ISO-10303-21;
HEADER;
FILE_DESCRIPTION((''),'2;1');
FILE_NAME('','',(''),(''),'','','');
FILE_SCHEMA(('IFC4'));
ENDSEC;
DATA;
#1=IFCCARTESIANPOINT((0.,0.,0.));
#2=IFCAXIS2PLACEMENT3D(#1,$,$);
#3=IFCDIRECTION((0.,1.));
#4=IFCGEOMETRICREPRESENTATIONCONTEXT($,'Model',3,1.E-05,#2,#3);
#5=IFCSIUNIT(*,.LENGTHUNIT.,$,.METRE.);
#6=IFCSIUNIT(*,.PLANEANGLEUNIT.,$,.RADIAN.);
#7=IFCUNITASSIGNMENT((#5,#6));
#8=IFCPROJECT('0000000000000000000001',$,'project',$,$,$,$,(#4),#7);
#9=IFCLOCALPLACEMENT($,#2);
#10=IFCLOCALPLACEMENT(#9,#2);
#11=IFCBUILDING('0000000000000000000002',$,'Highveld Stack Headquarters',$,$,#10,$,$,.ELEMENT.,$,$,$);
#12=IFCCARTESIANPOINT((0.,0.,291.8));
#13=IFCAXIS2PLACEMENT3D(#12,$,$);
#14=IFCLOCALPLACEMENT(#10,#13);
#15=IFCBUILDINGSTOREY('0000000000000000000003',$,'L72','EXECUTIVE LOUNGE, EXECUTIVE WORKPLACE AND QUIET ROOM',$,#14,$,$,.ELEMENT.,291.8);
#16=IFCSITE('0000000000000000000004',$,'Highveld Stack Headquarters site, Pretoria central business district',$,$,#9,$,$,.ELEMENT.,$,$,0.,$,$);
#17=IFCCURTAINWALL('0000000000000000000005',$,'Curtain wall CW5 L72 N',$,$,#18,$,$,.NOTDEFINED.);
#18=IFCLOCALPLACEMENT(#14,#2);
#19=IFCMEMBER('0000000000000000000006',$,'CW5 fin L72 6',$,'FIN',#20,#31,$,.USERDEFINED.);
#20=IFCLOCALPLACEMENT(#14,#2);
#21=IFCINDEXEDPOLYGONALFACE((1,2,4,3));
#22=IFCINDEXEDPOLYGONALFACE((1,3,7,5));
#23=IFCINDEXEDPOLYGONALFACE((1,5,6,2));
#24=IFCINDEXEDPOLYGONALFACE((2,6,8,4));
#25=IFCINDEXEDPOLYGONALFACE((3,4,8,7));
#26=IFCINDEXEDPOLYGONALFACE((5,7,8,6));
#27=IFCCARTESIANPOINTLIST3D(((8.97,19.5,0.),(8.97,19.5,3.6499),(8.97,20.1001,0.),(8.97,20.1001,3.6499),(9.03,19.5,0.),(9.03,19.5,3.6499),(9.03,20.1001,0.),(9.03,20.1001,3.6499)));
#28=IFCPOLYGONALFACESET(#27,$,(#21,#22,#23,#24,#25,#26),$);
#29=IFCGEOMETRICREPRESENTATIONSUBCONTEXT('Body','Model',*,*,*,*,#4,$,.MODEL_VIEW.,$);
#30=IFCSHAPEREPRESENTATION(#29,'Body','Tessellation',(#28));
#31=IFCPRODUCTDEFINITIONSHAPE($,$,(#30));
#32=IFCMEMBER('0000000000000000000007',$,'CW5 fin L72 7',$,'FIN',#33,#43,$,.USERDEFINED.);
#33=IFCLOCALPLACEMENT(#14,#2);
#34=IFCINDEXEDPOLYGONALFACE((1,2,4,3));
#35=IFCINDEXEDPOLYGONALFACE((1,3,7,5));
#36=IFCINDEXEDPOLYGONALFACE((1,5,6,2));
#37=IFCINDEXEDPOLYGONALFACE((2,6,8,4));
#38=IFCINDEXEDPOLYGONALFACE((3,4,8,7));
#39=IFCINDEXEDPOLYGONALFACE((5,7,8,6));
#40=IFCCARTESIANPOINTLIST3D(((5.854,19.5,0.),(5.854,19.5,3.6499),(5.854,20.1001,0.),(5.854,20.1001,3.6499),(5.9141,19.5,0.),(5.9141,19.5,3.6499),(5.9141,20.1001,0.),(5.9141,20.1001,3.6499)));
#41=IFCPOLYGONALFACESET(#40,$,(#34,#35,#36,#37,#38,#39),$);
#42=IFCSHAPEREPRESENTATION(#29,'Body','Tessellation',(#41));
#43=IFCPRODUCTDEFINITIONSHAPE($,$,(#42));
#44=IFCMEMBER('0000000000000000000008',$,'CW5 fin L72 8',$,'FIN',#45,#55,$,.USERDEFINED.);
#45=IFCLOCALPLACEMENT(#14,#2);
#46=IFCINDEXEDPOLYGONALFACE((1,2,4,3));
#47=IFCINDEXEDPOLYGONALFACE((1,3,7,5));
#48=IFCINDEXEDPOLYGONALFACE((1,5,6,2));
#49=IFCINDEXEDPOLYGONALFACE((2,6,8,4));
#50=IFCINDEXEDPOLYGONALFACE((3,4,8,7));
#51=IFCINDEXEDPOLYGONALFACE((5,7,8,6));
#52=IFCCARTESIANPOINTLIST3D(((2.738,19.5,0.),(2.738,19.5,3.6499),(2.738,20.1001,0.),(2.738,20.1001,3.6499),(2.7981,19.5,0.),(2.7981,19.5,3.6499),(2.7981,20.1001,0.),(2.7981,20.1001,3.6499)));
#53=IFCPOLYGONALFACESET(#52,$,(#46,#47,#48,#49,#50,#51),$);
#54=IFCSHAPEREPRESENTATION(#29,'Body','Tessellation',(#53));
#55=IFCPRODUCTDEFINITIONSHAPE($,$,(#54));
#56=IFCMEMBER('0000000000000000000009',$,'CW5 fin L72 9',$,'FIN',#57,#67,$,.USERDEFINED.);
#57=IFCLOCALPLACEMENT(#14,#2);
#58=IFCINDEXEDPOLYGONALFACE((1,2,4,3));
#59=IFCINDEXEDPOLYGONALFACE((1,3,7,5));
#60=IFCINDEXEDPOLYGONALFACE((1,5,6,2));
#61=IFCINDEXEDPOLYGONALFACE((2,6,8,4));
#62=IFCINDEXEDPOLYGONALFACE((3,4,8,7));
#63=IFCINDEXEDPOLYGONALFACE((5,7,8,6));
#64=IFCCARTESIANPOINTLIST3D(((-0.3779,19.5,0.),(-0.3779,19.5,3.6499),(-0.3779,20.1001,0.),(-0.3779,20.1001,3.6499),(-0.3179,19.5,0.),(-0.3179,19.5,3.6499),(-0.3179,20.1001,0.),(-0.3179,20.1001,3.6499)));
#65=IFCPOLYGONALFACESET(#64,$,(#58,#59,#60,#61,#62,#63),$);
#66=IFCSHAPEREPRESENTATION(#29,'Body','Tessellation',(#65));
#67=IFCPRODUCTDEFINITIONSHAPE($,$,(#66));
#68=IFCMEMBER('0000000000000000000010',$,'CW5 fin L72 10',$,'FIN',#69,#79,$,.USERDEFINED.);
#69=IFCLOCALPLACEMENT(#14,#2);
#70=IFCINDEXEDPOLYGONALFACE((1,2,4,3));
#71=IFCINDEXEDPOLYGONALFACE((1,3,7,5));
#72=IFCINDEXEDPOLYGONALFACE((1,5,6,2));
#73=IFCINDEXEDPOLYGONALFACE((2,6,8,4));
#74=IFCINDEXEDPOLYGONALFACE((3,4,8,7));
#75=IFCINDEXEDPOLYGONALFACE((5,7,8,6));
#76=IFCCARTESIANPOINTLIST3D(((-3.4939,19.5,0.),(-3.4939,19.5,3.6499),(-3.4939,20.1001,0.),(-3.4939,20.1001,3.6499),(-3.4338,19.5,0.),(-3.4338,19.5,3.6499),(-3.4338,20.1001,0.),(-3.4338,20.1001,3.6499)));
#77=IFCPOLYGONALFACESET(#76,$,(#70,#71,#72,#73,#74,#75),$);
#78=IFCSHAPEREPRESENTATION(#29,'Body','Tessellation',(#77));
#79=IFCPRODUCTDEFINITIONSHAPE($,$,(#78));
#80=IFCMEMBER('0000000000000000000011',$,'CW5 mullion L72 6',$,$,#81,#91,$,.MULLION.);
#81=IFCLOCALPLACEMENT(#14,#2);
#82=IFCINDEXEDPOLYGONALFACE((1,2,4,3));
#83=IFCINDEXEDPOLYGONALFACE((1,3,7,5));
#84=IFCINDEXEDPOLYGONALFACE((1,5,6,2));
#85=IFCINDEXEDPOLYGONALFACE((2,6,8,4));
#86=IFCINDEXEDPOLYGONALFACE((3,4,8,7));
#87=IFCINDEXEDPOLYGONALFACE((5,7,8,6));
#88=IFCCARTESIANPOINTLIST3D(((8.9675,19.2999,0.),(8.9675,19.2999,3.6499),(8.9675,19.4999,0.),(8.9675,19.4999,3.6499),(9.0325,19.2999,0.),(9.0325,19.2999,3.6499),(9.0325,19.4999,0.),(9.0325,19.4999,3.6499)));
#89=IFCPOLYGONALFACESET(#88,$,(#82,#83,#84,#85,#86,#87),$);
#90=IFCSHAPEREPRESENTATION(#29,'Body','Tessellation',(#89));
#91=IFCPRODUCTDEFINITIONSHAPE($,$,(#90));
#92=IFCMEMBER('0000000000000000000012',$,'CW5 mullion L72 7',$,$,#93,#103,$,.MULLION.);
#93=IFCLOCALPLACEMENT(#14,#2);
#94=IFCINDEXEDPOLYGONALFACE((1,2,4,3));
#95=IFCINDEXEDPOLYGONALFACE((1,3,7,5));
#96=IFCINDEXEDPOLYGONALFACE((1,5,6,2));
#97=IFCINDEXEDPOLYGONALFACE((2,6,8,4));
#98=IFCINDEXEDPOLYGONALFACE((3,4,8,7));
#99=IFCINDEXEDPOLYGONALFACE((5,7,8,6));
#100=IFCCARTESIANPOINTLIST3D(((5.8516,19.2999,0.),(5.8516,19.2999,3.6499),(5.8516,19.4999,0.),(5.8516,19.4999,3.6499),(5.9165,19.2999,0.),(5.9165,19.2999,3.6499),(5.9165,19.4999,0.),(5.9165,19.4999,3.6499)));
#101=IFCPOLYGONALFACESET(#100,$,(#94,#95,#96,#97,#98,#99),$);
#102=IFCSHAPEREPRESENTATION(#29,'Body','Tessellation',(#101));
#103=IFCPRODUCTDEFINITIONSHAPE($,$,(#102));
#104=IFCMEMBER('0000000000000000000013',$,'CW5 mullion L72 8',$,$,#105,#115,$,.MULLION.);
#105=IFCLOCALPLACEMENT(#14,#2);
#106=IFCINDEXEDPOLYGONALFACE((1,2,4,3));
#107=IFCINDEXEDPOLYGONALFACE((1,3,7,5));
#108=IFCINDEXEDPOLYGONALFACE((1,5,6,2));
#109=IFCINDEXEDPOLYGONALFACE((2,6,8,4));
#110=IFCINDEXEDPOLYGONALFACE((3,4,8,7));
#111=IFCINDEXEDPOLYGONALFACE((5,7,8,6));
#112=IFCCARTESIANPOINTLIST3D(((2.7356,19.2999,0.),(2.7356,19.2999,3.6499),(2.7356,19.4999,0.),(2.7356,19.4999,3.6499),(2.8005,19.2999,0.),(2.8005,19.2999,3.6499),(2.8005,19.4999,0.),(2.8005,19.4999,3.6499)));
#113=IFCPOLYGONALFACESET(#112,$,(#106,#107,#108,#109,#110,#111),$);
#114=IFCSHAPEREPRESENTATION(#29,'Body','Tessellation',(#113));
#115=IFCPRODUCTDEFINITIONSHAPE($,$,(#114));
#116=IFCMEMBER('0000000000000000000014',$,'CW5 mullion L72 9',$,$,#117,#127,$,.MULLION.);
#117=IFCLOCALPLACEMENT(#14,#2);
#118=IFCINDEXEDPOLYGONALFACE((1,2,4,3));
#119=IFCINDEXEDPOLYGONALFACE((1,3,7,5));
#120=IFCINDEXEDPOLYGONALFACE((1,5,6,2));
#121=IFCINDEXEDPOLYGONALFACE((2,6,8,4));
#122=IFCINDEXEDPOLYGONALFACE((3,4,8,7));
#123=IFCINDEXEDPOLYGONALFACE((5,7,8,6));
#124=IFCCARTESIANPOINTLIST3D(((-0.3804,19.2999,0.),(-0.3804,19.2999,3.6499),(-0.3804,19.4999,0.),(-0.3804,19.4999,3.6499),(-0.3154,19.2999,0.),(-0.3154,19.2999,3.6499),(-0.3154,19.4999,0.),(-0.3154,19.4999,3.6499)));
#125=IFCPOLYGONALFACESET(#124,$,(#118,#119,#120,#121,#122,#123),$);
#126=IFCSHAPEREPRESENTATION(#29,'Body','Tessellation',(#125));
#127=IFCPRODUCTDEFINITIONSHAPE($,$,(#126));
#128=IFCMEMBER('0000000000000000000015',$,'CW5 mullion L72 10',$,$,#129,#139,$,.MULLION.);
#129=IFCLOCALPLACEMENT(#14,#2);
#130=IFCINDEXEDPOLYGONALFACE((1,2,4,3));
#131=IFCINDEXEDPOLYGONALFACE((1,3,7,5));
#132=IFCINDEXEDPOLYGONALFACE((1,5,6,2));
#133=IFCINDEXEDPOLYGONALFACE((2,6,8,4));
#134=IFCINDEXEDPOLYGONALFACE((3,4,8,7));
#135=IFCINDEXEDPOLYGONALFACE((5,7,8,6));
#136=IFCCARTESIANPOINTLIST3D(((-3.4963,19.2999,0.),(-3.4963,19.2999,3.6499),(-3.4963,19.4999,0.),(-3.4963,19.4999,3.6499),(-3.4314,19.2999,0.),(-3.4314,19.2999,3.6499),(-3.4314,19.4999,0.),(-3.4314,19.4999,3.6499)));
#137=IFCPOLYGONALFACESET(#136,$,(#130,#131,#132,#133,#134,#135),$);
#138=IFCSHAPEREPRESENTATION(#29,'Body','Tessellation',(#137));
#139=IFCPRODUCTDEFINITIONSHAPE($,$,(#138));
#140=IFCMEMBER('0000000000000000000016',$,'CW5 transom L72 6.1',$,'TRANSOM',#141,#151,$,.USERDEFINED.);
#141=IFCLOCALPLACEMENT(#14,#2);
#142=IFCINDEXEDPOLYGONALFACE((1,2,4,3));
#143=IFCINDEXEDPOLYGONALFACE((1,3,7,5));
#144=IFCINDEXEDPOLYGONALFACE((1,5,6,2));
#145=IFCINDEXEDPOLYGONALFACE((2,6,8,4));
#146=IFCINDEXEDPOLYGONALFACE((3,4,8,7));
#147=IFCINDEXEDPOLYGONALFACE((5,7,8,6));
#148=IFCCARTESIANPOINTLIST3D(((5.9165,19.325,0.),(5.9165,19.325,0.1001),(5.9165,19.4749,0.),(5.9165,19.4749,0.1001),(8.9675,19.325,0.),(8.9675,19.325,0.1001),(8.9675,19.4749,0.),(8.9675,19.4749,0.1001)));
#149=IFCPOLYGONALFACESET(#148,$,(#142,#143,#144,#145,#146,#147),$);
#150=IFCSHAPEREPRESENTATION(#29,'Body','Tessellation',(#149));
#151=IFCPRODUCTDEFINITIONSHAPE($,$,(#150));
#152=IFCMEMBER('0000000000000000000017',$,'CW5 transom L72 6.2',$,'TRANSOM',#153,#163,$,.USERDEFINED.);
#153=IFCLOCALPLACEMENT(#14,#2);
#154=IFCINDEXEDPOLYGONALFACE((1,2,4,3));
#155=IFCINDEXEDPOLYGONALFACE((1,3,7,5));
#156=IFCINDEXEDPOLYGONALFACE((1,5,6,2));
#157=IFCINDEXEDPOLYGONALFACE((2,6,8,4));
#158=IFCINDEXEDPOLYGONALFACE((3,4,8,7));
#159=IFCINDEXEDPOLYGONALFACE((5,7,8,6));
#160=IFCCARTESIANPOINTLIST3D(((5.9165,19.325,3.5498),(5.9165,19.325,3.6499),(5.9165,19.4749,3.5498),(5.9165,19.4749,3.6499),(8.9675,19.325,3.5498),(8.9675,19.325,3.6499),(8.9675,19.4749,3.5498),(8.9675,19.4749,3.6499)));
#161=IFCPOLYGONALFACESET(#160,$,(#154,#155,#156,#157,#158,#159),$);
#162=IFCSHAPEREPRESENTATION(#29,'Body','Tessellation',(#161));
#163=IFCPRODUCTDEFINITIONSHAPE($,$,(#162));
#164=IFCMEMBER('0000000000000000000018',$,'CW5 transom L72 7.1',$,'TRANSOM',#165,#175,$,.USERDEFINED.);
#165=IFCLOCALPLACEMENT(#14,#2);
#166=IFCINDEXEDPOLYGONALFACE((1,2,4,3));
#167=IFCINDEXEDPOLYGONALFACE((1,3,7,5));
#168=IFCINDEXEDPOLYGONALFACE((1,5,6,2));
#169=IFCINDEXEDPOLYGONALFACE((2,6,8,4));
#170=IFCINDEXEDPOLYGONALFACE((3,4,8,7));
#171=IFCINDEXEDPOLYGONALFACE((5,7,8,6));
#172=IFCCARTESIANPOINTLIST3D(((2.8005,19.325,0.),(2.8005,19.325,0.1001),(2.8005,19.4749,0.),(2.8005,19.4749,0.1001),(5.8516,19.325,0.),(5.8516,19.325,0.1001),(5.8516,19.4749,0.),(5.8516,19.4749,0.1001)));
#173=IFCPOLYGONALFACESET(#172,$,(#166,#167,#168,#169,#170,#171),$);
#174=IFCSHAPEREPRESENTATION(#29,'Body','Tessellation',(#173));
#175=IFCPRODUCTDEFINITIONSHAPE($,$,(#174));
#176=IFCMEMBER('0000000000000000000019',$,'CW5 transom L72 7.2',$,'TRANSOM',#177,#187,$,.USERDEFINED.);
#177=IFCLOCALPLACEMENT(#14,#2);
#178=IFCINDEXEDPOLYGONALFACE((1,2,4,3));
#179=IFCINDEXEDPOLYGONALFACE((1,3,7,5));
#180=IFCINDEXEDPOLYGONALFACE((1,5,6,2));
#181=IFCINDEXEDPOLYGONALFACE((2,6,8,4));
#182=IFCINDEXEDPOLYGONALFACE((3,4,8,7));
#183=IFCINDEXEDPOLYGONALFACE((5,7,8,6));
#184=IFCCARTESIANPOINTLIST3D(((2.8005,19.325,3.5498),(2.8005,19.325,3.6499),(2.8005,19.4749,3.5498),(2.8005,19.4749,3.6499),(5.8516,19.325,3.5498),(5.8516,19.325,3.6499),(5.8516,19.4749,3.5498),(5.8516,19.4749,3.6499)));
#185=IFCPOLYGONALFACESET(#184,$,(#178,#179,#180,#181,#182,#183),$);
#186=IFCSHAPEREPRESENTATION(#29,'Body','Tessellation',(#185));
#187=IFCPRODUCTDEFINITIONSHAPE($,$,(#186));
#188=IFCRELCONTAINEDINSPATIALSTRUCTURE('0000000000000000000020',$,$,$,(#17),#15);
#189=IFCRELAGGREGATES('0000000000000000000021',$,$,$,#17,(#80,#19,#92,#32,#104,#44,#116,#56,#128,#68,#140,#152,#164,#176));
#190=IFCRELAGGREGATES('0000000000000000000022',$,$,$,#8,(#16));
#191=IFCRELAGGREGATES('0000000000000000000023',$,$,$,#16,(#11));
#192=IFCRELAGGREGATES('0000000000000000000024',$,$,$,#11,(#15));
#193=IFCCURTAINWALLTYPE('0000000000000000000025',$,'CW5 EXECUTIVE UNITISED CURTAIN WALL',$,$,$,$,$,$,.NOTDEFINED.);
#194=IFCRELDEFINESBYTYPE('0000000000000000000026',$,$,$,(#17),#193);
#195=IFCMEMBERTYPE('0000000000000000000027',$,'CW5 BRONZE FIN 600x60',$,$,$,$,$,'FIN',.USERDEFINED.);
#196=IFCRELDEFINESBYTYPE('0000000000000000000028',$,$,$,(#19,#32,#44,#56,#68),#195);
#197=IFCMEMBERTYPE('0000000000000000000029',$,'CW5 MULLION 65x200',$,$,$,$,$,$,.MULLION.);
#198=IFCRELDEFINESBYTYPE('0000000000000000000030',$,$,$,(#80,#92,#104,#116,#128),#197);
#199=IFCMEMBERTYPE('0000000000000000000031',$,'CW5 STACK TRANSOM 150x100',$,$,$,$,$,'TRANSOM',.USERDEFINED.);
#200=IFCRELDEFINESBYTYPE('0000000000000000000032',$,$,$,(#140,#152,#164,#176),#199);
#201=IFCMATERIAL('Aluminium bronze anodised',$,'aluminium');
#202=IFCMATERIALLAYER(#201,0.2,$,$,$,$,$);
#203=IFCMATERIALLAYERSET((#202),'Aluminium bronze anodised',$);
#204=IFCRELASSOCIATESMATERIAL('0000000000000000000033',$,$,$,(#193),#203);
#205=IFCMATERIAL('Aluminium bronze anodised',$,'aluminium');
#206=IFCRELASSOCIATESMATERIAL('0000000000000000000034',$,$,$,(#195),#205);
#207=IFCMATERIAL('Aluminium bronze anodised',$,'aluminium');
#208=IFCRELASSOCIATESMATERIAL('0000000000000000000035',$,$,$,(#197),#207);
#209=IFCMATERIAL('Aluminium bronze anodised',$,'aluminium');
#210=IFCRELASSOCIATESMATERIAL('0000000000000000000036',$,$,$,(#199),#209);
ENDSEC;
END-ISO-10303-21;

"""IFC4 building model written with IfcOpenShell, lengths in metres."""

from ifc_helpers import new_model, si_unit, direction, frame, origin, origin_2d, place, context, subcontext, project, spatial, rectangle, extrude, material, layer, layer_set, material_profile, profile_set, type_object, element, aggregate, save


model = new_model("IFC4")

# Units and contexts
model_context = context("Model", 3, precision=1e-05, world=origin(), true_north=direction((0.0, 1.0)))
body_context = subcontext(model_context, "Body", "Model", "MODEL_VIEW")
ifc_project = project(units=[si_unit("LENGTHUNIT", "METRE"), si_unit("PLANEANGLEUNIT", "RADIAN")], contexts=[model_context])

# Site, building, storey
site_placement = place(None, origin())
site = spatial("IfcSite", under=ifc_project, at=site_placement, Name="Highveld Stack Headquarters site, Pretoria central business district", CompositionType="ELEMENT", RefElevation=0.0)
building_placement = place(site_placement, origin())
building = spatial("IfcBuilding", under=site, at=building_placement, Name="Highveld Stack Headquarters", CompositionType="ELEMENT")
storey_placement = place(building_placement, frame((0.0, 0.0, 291.8)))
storey = spatial("IfcBuildingStorey", under=building, at=storey_placement, Name="L72", Description="EXECUTIVE LOUNGE, EXECUTIVE WORKPLACE AND QUIET ROOM", CompositionType="ELEMENT", Elevation=291.8)

# Curtain wall, members
ifc_material_1 = material(Name="Aluminium bronze anodised", Category="aluminium")
ifc_layer_1 = layer(ifc_material_1, 0.2)
ifc_layer_set_1 = layer_set([ifc_layer_1], Name="Aluminium bronze anodised")
curtain_wall_type = type_object("IfcCurtainWallType", Name="CW5 EXECUTIVE UNITISED CURTAIN WALL", PredefinedType="NOTDEFINED", material=ifc_layer_set_1)
curtain_wall_placement = place(storey_placement, origin())
curtain_wall = element("IfcCurtainWall", 1, at=curtain_wall_placement, inside=storey, type_object=curtain_wall_type, Name="Curtain wall CW5 L72 N", PredefinedType="NOTDEFINED")
ifc_material_2 = material(Name="Aluminium bronze anodised", Category="aluminium")
ifc_material_profile_1 = material_profile(ifc_material_2, rectangle(XDim=0.6001, YDim=0.0601, at=origin_2d()), Name="FIN 600x60")
ifc_profile_set_1 = profile_set([ifc_material_profile_1], Name="Aluminium bronze anodised")
member_type_1 = type_object("IfcMemberType", Name="CW5 BRONZE FIN 600x60", ElementType="FIN", PredefinedType="USERDEFINED", material=ifc_profile_set_1)
member_1_placement = place(storey_placement, frame((9.0, 19.8, 0.0), z_axis=(0.0, 0.0, 1.0), x_axis=(0.0, -1.0, 0.0)))
member_1 = element("IfcMember", 2, at=member_1_placement, type_object=member_type_1, Name="CW5 fin L72 6", ObjectType="FIN", PredefinedType="USERDEFINED", context=body_context, shape_type="SweptSolid", body=[
    extrude(rectangle(XDim=0.6001, YDim=0.0601, at=origin_2d()), origin(), (0.0, 0.0, 1.0), 3.6499),
])
member_2_placement = place(storey_placement, frame((5.884, 19.8, 0.0), z_axis=(0.0, 0.0, 1.0), x_axis=(0.0, -1.0, 0.0)))
member_2 = element("IfcMember", 3, at=member_2_placement, type_object=member_type_1, Name="CW5 fin L72 7", ObjectType="FIN", PredefinedType="USERDEFINED", context=body_context, shape_type="SweptSolid", body=[
    extrude(rectangle(XDim=0.6001, YDim=0.0601, at=origin_2d()), origin(), (0.0, 0.0, 1.0), 3.6499),
])
member_3_placement = place(storey_placement, frame((2.7681, 19.8, 0.0), z_axis=(0.0, 0.0, 1.0), x_axis=(0.0, -1.0, 0.0)))
member_3 = element("IfcMember", 4, at=member_3_placement, type_object=member_type_1, Name="CW5 fin L72 8", ObjectType="FIN", PredefinedType="USERDEFINED", context=body_context, shape_type="SweptSolid", body=[
    extrude(rectangle(XDim=0.6001, YDim=0.0601, at=origin_2d()), origin(), (0.0, 0.0, 1.0), 3.6499),
])
member_4_placement = place(storey_placement, frame((-0.3479, 19.8, 0.0), z_axis=(0.0, 0.0, 1.0), x_axis=(0.0, -1.0, 0.0)))
member_4 = element("IfcMember", 5, at=member_4_placement, type_object=member_type_1, Name="CW5 fin L72 9", ObjectType="FIN", PredefinedType="USERDEFINED", context=body_context, shape_type="SweptSolid", body=[
    extrude(rectangle(XDim=0.6001, YDim=0.0601, at=origin_2d()), origin(), (0.0, 0.0, 1.0), 3.6499),
])
member_5_placement = place(storey_placement, frame((-3.4639, 19.8, 0.0), z_axis=(0.0, 0.0, 1.0), x_axis=(0.0, -1.0, 0.0)))
member_5 = element("IfcMember", 6, at=member_5_placement, type_object=member_type_1, Name="CW5 fin L72 10", ObjectType="FIN", PredefinedType="USERDEFINED", context=body_context, shape_type="SweptSolid", body=[
    extrude(rectangle(XDim=0.6001, YDim=0.0601, at=origin_2d()), origin(), (0.0, 0.0, 1.0), 3.6499),
])
ifc_material_3 = material(Name="Aluminium bronze anodised", Category="aluminium")
ifc_material_profile_2 = material_profile(ifc_material_3, rectangle(XDim=0.2, YDim=0.0649, at=origin_2d()), Name="CW5 MULLION 65x200")
ifc_profile_set_2 = profile_set([ifc_material_profile_2], Name="Aluminium bronze anodised")
member_type_2 = type_object("IfcMemberType", Name="CW5 MULLION 65x200", PredefinedType="MULLION", material=ifc_profile_set_2)
member_6_placement = place(storey_placement, frame((9.0, 19.3999, 0.0), z_axis=(0.0, 0.0, 1.0), x_axis=(0.0, -1.0, 0.0)))
member_6 = element("IfcMember", 7, at=member_6_placement, type_object=member_type_2, Name="CW5 mullion L72 6", PredefinedType="MULLION", context=body_context, shape_type="SweptSolid", body=[
    extrude(rectangle(XDim=0.2, YDim=0.0649, at=origin_2d()), origin(), (0.0, 0.0, 1.0), 3.6499),
])
member_7_placement = place(storey_placement, frame((5.884, 19.3999, 0.0), z_axis=(0.0, 0.0, 1.0), x_axis=(0.0, -1.0, 0.0)))
member_7 = element("IfcMember", 8, at=member_7_placement, type_object=member_type_2, Name="CW5 mullion L72 7", PredefinedType="MULLION", context=body_context, shape_type="SweptSolid", body=[
    extrude(rectangle(XDim=0.2, YDim=0.0649, at=origin_2d()), origin(), (0.0, 0.0, 1.0), 3.6499),
])
member_8_placement = place(storey_placement, frame((2.7681, 19.3999, 0.0), z_axis=(0.0, 0.0, 1.0), x_axis=(0.0, -1.0, 0.0)))
member_8 = element("IfcMember", 9, at=member_8_placement, type_object=member_type_2, Name="CW5 mullion L72 8", PredefinedType="MULLION", context=body_context, shape_type="SweptSolid", body=[
    extrude(rectangle(XDim=0.2, YDim=0.0649, at=origin_2d()), origin(), (0.0, 0.0, 1.0), 3.6499),
])
member_9_placement = place(storey_placement, frame((-0.3479, 19.3999, 0.0), z_axis=(0.0, 0.0, 1.0), x_axis=(0.0, -1.0, 0.0)))
member_9 = element("IfcMember", 10, at=member_9_placement, type_object=member_type_2, Name="CW5 mullion L72 9", PredefinedType="MULLION", context=body_context, shape_type="SweptSolid", body=[
    extrude(rectangle(XDim=0.2, YDim=0.0649, at=origin_2d()), origin(), (0.0, 0.0, 1.0), 3.6499),
])
member_10_placement = place(storey_placement, frame((-3.4639, 19.3999, 0.0), z_axis=(0.0, 0.0, 1.0), x_axis=(0.0, -1.0, 0.0)))
member_10 = element("IfcMember", 11, at=member_10_placement, type_object=member_type_2, Name="CW5 mullion L72 10", PredefinedType="MULLION", context=body_context, shape_type="SweptSolid", body=[
    extrude(rectangle(XDim=0.2, YDim=0.0649, at=origin_2d()), origin(), (0.0, 0.0, 1.0), 3.6499),
])
ifc_material_4 = material(Name="Aluminium bronze anodised", Category="aluminium")
ifc_material_profile_3 = material_profile(ifc_material_4, rectangle(XDim=0.1499, YDim=0.1001, at=origin_2d()), Name="CW5 TRANSOM 150x100")
ifc_profile_set_3 = profile_set([ifc_material_profile_3], Name="Aluminium bronze anodised")
member_type_3 = type_object("IfcMemberType", Name="CW5 STACK TRANSOM 150x100", ElementType="TRANSOM", PredefinedType="USERDEFINED", material=ifc_profile_set_3)
member_11_placement = place(storey_placement, frame((8.9675, 19.3999, 0.05), z_axis=(-1.0, 0.0, 0.0), x_axis=(0.0, -1.0, 0.0)))
member_11 = element("IfcMember", 12, at=member_11_placement, type_object=member_type_3, Name="CW5 transom L72 6.1", ObjectType="TRANSOM", PredefinedType="USERDEFINED", context=body_context, shape_type="SweptSolid", body=[
    extrude(rectangle(XDim=0.1499, YDim=0.1001, at=origin_2d()), origin(), (0.0, 0.0, 1.0), 3.051),
])
member_12_placement = place(storey_placement, frame((8.9675, 19.3999, 3.5999), z_axis=(-1.0, 0.0, 0.0), x_axis=(0.0, -1.0, 0.0)))
member_12 = element("IfcMember", 13, at=member_12_placement, type_object=member_type_3, Name="CW5 transom L72 6.2", ObjectType="TRANSOM", PredefinedType="USERDEFINED", context=body_context, shape_type="SweptSolid", body=[
    extrude(rectangle(XDim=0.1499, YDim=0.1001, at=origin_2d()), origin(), (0.0, 0.0, 1.0), 3.051),
])
member_13_placement = place(storey_placement, frame((5.8516, 19.3999, 0.05), z_axis=(-1.0, 0.0, 0.0), x_axis=(0.0, -1.0, 0.0)))
member_13 = element("IfcMember", 14, at=member_13_placement, type_object=member_type_3, Name="CW5 transom L72 7.1", ObjectType="TRANSOM", PredefinedType="USERDEFINED", context=body_context, shape_type="SweptSolid", body=[
    extrude(rectangle(XDim=0.1499, YDim=0.1001, at=origin_2d()), origin(), (0.0, 0.0, 1.0), 3.051),
])
member_14_placement = place(storey_placement, frame((5.8516, 19.3999, 3.5999), z_axis=(-1.0, 0.0, 0.0), x_axis=(0.0, -1.0, 0.0)))
member_14 = element("IfcMember", 15, at=member_14_placement, type_object=member_type_3, Name="CW5 transom L72 7.2", ObjectType="TRANSOM", PredefinedType="USERDEFINED", context=body_context, shape_type="SweptSolid", body=[
    extrude(rectangle(XDim=0.1499, YDim=0.1001, at=origin_2d()), origin(), (0.0, 0.0, 1.0), 3.051),
])
aggregate(curtain_wall, [member_6, member_1, member_7, member_2, member_8, member_3, member_9, member_4, member_10, member_5, member_11, member_12, member_13, member_14])

save(model, "model.ifc")
